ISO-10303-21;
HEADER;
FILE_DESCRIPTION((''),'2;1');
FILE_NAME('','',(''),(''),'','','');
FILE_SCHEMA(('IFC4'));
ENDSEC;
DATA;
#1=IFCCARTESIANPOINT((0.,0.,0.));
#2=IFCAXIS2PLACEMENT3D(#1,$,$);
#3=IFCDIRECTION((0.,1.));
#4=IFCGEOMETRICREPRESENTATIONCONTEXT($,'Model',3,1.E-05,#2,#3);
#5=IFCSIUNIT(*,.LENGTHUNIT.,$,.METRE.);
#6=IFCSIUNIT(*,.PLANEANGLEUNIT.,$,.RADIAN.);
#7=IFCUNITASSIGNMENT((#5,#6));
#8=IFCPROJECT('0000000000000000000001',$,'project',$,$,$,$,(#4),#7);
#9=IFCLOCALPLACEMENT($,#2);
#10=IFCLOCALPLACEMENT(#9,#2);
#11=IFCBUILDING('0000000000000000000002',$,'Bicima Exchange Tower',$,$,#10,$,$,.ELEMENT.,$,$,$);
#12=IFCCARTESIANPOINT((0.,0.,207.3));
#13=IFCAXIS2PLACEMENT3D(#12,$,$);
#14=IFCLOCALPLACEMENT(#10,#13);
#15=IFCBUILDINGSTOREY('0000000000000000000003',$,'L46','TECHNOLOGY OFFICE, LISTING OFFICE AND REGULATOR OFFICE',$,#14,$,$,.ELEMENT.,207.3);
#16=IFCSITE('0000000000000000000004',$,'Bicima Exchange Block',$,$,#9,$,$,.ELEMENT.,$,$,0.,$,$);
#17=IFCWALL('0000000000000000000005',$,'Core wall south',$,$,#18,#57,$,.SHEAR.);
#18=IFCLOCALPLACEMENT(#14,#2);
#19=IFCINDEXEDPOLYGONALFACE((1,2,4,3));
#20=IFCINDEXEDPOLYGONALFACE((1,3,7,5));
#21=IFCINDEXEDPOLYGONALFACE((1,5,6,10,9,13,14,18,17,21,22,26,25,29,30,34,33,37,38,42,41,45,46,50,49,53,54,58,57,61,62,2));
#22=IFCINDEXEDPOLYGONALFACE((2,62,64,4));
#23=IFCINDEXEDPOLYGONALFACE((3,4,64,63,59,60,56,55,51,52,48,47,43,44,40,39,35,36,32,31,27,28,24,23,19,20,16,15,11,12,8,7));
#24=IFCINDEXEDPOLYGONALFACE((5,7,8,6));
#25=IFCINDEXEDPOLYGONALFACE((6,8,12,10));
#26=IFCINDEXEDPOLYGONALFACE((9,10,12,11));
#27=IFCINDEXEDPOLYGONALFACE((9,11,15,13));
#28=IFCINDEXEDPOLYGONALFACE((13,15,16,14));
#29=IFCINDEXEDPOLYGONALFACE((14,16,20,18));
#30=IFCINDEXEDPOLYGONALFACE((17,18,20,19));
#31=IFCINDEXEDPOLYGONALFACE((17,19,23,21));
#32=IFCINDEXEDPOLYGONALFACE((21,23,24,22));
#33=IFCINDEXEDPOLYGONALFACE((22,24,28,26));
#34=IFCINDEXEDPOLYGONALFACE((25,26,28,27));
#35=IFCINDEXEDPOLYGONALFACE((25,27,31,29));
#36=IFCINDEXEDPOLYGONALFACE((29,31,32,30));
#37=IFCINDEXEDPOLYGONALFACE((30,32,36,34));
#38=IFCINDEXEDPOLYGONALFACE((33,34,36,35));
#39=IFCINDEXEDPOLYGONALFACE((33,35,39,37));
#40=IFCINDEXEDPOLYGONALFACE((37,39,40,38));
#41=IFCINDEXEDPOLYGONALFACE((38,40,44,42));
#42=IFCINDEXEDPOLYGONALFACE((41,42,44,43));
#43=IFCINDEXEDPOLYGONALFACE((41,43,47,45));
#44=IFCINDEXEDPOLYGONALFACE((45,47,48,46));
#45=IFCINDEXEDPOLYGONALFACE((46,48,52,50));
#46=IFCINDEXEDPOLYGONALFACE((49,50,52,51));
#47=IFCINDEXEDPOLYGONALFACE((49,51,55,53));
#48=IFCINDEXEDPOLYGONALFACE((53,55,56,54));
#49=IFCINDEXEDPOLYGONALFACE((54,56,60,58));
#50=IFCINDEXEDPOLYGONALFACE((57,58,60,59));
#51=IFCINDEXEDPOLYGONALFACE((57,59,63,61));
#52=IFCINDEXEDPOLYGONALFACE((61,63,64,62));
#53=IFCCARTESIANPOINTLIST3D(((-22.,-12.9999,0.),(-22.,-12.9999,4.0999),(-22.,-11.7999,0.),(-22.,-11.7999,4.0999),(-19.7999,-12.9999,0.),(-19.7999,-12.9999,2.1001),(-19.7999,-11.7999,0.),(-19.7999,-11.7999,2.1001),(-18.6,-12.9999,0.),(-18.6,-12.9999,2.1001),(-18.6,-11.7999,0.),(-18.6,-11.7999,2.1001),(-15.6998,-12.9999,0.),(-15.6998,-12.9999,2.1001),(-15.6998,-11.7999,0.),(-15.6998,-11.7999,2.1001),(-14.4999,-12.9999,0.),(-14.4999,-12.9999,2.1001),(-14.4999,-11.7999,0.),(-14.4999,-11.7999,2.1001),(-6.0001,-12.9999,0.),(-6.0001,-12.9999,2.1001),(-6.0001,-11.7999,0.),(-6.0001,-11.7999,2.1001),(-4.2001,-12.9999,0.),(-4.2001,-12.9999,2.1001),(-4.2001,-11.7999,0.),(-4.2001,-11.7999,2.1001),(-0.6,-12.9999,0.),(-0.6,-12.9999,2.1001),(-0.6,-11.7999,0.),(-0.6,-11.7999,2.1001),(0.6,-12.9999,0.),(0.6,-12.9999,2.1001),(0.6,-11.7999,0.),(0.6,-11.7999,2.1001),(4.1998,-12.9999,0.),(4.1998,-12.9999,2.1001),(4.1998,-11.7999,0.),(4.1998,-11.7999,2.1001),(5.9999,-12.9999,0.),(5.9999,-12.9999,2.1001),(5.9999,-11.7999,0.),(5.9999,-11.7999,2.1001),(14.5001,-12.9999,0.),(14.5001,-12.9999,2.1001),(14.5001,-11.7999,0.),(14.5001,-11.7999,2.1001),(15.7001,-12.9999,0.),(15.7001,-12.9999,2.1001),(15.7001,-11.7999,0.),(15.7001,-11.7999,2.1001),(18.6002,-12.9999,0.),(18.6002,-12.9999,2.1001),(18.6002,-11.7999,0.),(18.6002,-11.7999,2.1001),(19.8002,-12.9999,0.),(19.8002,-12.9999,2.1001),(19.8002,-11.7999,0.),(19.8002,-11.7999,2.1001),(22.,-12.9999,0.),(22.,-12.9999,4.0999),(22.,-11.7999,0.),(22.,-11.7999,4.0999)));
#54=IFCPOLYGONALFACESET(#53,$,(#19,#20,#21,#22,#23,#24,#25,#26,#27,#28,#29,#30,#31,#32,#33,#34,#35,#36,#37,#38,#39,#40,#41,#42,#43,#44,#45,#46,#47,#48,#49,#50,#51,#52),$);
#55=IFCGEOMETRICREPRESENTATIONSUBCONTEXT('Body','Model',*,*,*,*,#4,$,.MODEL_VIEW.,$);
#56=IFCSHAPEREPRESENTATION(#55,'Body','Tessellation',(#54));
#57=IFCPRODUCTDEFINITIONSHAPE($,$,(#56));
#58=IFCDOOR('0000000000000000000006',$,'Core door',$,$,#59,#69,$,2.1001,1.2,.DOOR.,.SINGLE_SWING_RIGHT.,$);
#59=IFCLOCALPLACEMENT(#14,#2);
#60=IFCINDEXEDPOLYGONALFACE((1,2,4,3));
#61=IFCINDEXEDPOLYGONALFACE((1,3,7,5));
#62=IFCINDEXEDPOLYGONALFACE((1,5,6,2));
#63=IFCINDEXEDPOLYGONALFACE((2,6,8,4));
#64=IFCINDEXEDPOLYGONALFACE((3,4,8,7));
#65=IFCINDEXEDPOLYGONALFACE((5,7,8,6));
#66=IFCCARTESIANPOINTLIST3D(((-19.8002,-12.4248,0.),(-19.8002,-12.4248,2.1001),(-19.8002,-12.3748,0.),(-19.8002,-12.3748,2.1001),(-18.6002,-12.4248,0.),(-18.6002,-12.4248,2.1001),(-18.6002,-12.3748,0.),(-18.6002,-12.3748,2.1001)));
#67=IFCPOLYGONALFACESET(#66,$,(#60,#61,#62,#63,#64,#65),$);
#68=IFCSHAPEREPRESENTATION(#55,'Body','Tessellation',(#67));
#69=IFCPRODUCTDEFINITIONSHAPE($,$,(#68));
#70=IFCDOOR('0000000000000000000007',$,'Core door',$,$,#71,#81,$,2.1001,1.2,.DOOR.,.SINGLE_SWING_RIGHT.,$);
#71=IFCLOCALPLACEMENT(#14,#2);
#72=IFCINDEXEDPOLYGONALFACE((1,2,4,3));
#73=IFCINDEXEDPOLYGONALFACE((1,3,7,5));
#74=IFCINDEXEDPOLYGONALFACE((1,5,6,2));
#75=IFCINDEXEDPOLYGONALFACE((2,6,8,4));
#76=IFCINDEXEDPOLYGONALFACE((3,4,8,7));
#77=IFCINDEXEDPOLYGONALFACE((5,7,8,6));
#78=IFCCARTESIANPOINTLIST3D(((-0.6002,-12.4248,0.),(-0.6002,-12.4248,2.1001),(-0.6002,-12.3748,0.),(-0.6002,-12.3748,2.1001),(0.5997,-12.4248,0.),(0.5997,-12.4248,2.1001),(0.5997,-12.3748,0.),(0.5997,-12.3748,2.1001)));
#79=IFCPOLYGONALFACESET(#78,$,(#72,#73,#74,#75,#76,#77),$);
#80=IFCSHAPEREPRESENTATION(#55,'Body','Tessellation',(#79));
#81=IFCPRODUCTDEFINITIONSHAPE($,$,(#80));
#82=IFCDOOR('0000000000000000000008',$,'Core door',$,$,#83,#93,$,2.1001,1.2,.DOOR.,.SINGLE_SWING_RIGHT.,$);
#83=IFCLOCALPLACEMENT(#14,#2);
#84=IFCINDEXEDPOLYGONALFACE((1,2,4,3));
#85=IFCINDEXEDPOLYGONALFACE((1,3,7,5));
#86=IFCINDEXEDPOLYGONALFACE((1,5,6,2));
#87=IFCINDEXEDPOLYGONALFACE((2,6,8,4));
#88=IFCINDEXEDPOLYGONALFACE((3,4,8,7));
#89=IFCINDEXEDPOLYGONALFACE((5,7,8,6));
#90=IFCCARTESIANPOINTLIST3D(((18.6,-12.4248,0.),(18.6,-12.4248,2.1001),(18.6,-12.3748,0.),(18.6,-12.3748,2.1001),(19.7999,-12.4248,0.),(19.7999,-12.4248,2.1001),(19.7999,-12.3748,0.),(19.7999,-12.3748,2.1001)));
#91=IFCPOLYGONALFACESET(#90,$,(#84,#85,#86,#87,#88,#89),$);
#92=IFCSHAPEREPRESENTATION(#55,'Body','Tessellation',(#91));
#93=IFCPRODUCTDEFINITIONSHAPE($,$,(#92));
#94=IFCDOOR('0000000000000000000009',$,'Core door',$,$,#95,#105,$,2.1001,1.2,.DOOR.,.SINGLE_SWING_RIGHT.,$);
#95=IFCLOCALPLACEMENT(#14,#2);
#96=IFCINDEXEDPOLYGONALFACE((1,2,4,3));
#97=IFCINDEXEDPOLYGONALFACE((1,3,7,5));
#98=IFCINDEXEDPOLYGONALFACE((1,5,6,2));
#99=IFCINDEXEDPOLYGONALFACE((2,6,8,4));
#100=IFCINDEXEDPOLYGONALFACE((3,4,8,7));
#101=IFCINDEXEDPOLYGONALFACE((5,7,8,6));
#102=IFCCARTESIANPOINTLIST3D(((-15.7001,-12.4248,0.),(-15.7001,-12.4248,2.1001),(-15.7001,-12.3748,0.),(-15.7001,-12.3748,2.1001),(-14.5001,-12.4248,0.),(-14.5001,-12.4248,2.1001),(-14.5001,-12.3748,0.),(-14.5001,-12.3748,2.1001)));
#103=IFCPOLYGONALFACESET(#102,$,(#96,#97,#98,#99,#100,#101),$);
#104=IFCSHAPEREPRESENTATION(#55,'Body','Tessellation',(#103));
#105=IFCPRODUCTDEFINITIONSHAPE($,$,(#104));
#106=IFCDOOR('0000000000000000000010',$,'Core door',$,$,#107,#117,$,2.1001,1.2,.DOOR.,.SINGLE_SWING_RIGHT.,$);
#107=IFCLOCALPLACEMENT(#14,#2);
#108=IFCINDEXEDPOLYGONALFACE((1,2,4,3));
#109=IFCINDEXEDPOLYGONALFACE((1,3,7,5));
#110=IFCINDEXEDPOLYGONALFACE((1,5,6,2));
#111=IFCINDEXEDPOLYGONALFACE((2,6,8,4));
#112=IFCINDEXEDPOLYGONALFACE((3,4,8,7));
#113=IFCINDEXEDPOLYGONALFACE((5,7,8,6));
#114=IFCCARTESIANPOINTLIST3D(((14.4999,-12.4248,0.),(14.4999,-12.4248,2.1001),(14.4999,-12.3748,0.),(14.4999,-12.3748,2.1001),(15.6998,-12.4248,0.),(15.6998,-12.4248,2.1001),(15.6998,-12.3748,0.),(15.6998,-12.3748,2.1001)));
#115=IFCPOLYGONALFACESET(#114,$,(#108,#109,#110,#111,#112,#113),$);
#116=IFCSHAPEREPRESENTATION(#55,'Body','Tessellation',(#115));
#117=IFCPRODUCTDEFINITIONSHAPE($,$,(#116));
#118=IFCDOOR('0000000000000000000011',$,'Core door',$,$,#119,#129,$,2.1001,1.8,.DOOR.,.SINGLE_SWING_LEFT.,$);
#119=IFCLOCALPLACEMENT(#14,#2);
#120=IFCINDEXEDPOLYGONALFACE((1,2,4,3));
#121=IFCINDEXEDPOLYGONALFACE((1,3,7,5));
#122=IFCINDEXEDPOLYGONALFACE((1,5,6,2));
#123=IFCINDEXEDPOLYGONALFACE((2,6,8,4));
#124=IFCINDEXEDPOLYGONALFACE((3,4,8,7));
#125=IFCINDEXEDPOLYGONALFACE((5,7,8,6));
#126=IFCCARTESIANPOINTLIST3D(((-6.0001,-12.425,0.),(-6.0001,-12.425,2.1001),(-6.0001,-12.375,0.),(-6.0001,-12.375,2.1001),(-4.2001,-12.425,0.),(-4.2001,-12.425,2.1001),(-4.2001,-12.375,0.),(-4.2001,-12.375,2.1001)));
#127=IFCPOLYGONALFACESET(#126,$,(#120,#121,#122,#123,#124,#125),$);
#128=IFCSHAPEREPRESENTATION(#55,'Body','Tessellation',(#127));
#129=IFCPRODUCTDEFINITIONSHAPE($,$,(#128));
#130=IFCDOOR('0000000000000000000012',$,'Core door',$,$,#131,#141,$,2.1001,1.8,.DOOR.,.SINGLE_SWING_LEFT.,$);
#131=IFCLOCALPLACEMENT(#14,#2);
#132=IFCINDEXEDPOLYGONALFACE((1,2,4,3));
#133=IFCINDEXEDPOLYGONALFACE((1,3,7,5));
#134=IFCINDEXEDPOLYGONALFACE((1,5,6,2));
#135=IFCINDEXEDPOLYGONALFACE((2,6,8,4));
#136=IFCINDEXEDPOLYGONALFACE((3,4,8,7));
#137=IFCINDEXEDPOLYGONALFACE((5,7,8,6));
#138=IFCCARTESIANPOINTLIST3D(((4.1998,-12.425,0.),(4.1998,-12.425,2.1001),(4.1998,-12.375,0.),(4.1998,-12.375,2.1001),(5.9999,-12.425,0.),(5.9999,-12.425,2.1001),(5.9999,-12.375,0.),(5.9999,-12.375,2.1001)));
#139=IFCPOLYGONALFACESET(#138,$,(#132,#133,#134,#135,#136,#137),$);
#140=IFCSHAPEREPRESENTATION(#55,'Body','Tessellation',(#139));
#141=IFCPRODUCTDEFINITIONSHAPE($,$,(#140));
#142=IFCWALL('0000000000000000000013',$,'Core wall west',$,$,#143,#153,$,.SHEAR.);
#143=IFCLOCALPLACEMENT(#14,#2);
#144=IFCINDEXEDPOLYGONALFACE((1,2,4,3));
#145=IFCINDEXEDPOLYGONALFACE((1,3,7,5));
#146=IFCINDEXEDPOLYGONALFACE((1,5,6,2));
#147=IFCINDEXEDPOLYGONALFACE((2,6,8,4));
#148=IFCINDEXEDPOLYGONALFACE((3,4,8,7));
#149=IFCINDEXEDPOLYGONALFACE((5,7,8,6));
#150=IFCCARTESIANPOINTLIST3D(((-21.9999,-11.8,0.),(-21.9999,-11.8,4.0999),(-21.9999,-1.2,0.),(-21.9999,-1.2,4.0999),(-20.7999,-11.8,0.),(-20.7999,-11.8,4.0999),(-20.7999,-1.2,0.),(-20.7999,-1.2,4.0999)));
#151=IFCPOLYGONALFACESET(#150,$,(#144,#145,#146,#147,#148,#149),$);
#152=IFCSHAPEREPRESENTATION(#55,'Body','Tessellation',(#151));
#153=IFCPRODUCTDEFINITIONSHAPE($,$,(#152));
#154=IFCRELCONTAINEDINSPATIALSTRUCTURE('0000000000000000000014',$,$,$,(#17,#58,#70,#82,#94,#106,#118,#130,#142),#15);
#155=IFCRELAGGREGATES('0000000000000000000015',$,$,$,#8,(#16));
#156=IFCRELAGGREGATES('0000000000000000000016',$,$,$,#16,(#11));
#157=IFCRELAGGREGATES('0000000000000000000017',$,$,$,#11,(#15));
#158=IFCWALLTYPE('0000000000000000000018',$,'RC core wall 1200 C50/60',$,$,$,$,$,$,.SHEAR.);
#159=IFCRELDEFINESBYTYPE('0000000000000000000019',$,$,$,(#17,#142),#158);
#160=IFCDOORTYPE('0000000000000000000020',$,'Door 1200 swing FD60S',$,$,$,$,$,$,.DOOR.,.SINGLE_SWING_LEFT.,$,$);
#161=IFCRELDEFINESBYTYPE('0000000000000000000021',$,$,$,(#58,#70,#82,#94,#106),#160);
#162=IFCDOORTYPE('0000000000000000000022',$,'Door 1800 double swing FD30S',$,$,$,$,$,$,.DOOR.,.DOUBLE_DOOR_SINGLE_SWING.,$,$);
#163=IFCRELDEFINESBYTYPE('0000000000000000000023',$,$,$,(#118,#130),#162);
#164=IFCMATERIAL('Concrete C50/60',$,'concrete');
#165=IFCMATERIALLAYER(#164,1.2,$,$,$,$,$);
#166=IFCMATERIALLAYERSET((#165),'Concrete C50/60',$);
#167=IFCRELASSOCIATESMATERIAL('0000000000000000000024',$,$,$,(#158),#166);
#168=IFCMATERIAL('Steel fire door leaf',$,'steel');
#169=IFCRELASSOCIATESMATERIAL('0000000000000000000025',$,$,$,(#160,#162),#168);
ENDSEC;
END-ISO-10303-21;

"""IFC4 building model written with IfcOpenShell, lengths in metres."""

from ifc_helpers import new_model, si_unit, direction, frame, frame_2d, origin, place, context, subcontext, project, spatial, rectangle, extrude, material, layer, layer_set, type_object, element, fill, save


model = new_model("IFC4")

# Units and contexts
model_context = context("Model", 3, precision=1e-05, world=origin(), true_north=direction((0.0, 1.0)))
body_context = subcontext(model_context, "Body", "Model", "MODEL_VIEW")
ifc_project = project(units=[si_unit("LENGTHUNIT", "METRE"), si_unit("PLANEANGLEUNIT", "RADIAN")], contexts=[model_context])

# Site, building, storey
site_placement = place(None, origin())
site = spatial("IfcSite", under=ifc_project, at=site_placement, Name="Bicima Exchange Block", CompositionType="ELEMENT", RefElevation=0.0)
building_placement = place(site_placement, origin())
building = spatial("IfcBuilding", under=site, at=building_placement, Name="Bicima Exchange Tower", CompositionType="ELEMENT")
storey_placement = place(building_placement, frame((0.0, 0.0, 207.3)))
storey = spatial("IfcBuildingStorey", under=building, at=storey_placement, Name="L46", Description="TECHNOLOGY OFFICE, LISTING OFFICE AND REGULATOR OFFICE", CompositionType="ELEMENT", Elevation=207.3)

# Wall, openings, doors
ifc_material_1 = material(Name="Concrete C50/60", Category="concrete")
ifc_layer_1 = layer(ifc_material_1, 1.2)
ifc_layer_set_1 = layer_set([ifc_layer_1], Name="Concrete C50/60")
wall_type_1 = type_object("IfcWallType", Name="RC core wall 1200 C50/60", PredefinedType="SHEAR", material=ifc_layer_set_1)
wall_1_placement = place(storey_placement, frame((-22.0, -12.3999, 0.0), z_axis=(0.0, 0.0, 1.0), x_axis=(1.0, 0.0, 0.0)))
wall_1 = element("IfcWall", 1, at=wall_1_placement, inside=storey, type_object=wall_type_1, Name="Core wall south", PredefinedType="SHEAR", context=body_context, shape_type="SweptSolid", body=[
    extrude(rectangle(XDim=44.0, YDim=1.2, at=frame_2d((22.0, 0.0))), origin(), (0.0, 0.0, 1.0), 4.0999),
])
opening_1_placement = place(wall_1_placement, frame((2.2, 0.0, 0.0)))
opening_1 = element("IfcOpeningElement", 2, at=opening_1_placement, cuts=wall_1, PredefinedType="OPENING", context=body_context, shape_type="SweptSolid", body=[
    extrude(rectangle(XDim=1.2, YDim=2.1001, at=frame_2d((0.6001, 1.05))), frame((0.0, 0.6118, 0.0), z_axis=(0.0, -1.0, 0.0), x_axis=(1.0, 0.0, 0.0)), (0.0, 0.0, 1.0), 1.2239),
])
opening_2_placement = place(wall_1_placement, frame((21.3999, 0.0, 0.0)))
opening_2 = element("IfcOpeningElement", 3, at=opening_2_placement, cuts=wall_1, PredefinedType="OPENING", context=body_context, shape_type="SweptSolid", body=[
    extrude(rectangle(XDim=1.2, YDim=2.1001, at=frame_2d((0.6001, 1.05))), frame((0.0, 0.6118, 0.0), z_axis=(0.0, -1.0, 0.0), x_axis=(1.0, 0.0, 0.0)), (0.0, 0.0, 1.0), 1.2239),
])
opening_3_placement = place(wall_1_placement, frame((40.6001, 0.0, 0.0)))
opening_3 = element("IfcOpeningElement", 4, at=opening_3_placement, cuts=wall_1, PredefinedType="OPENING", context=body_context, shape_type="SweptSolid", body=[
    extrude(rectangle(XDim=1.2, YDim=2.1001, at=frame_2d((0.6001, 1.05))), frame((0.0, 0.6118, 0.0), z_axis=(0.0, -1.0, 0.0), x_axis=(1.0, 0.0, 0.0)), (0.0, 0.0, 1.0), 1.2239),
])
opening_4_placement = place(wall_1_placement, frame((16.0, 0.0, 0.0)))
opening_4 = element("IfcOpeningElement", 5, at=opening_4_placement, cuts=wall_1, PredefinedType="OPENING", context=body_context, shape_type="SweptSolid", body=[
    extrude(rectangle(XDim=1.8, YDim=2.1001, at=frame_2d((0.8999, 1.05))), frame((0.0, 0.6118, 0.0), z_axis=(0.0, -1.0, 0.0), x_axis=(1.0, 0.0, 0.0)), (0.0, 0.0, 1.0), 1.2239),
])
opening_5_placement = place(wall_1_placement, frame((6.3, 0.0, 0.0)))
opening_5 = element("IfcOpeningElement", 6, at=opening_5_placement, cuts=wall_1, PredefinedType="OPENING", context=body_context, shape_type="SweptSolid", body=[
    extrude(rectangle(XDim=1.2, YDim=2.1001, at=frame_2d((0.6001, 1.05))), frame((0.0, 0.6118, 0.0), z_axis=(0.0, -1.0, 0.0), x_axis=(1.0, 0.0, 0.0)), (0.0, 0.0, 1.0), 1.2239),
])
opening_6_placement = place(wall_1_placement, frame((26.2, 0.0, 0.0)))
opening_6 = element("IfcOpeningElement", 7, at=opening_6_placement, cuts=wall_1, PredefinedType="OPENING", context=body_context, shape_type="SweptSolid", body=[
    extrude(rectangle(XDim=1.8, YDim=2.1001, at=frame_2d((0.8999, 1.05))), frame((0.0, 0.6118, 0.0), z_axis=(0.0, -1.0, 0.0), x_axis=(1.0, 0.0, 0.0)), (0.0, 0.0, 1.0), 1.2239),
])
opening_7_placement = place(wall_1_placement, frame((36.5, 0.0, 0.0)))
opening_7 = element("IfcOpeningElement", 8, at=opening_7_placement, cuts=wall_1, PredefinedType="OPENING", context=body_context, shape_type="SweptSolid", body=[
    extrude(rectangle(XDim=1.2, YDim=2.1001, at=frame_2d((0.6001, 1.05))), frame((0.0, 0.6118, 0.0), z_axis=(0.0, -1.0, 0.0), x_axis=(1.0, 0.0, 0.0)), (0.0, 0.0, 1.0), 1.2239),
])
ifc_material_2 = material(Name="Steel fire door leaf", Category="steel")
door_type_1 = type_object("IfcDoorType", Name="Door 1200 swing FD60S", OperationType="SINGLE_SWING_LEFT", PredefinedType="DOOR", material=ifc_material_2)
door_1_placement = place(opening_1_placement, frame((1.2, 0.0, 0.0), z_axis=(0.0, 0.0, 1.0), x_axis=(-1.0, 0.0, 0.0)))
door_1 = element("IfcDoor", 9, at=door_1_placement, inside=storey, type_object=door_type_1, Name="Core door", OperationType="SINGLE_SWING_RIGHT", OverallHeight=2.1001, OverallWidth=1.2, PredefinedType="DOOR", context=body_context, shape_type="SweptSolid", body=[
    extrude(rectangle(XDim=1.2, YDim=2.1001, at=frame_2d((0.6001, 1.05))), frame((0.0, 0.0249, 0.0), z_axis=(0.0, -1.0, 0.0), x_axis=(1.0, 0.0, 0.0)), (0.0, 0.0, 1.0), 0.05),
])
fill(opening_1, door_1)
door_2_placement = place(opening_2_placement, frame((1.2, 0.0, 0.0), z_axis=(0.0, 0.0, 1.0), x_axis=(-1.0, 0.0, 0.0)))
door_2 = element("IfcDoor", 10, at=door_2_placement, inside=storey, type_object=door_type_1, Name="Core door", OperationType="SINGLE_SWING_RIGHT", OverallHeight=2.1001, OverallWidth=1.2, PredefinedType="DOOR", context=body_context, shape_type="SweptSolid", body=[
    extrude(rectangle(XDim=1.2, YDim=2.1001, at=frame_2d((0.6001, 1.05))), frame((0.0, 0.0249, 0.0), z_axis=(0.0, -1.0, 0.0), x_axis=(1.0, 0.0, 0.0)), (0.0, 0.0, 1.0), 0.05),
])
fill(opening_2, door_2)
door_3_placement = place(opening_3_placement, frame((1.2, 0.0, 0.0), z_axis=(0.0, 0.0, 1.0), x_axis=(-1.0, 0.0, 0.0)))
door_3 = element("IfcDoor", 11, at=door_3_placement, inside=storey, type_object=door_type_1, Name="Core door", OperationType="SINGLE_SWING_RIGHT", OverallHeight=2.1001, OverallWidth=1.2, PredefinedType="DOOR", context=body_context, shape_type="SweptSolid", body=[
    extrude(rectangle(XDim=1.2, YDim=2.1001, at=frame_2d((0.6001, 1.05))), frame((0.0, 0.0249, 0.0), z_axis=(0.0, -1.0, 0.0), x_axis=(1.0, 0.0, 0.0)), (0.0, 0.0, 1.0), 0.05),
])
fill(opening_3, door_3)
door_4_placement = place(opening_5_placement, frame((1.2, 0.0, 0.0), z_axis=(0.0, 0.0, 1.0), x_axis=(-1.0, 0.0, 0.0)))
door_4 = element("IfcDoor", 12, at=door_4_placement, inside=storey, type_object=door_type_1, Name="Core door", OperationType="SINGLE_SWING_RIGHT", OverallHeight=2.1001, OverallWidth=1.2, PredefinedType="DOOR", context=body_context, shape_type="SweptSolid", body=[
    extrude(rectangle(XDim=1.2, YDim=2.1001, at=frame_2d((0.6001, 1.05))), frame((0.0, 0.0249, 0.0), z_axis=(0.0, -1.0, 0.0), x_axis=(1.0, 0.0, 0.0)), (0.0, 0.0, 1.0), 0.05),
])
fill(opening_5, door_4)
door_5_placement = place(opening_7_placement, frame((1.2, 0.0, 0.0), z_axis=(0.0, 0.0, 1.0), x_axis=(-1.0, 0.0, 0.0)))
door_5 = element("IfcDoor", 13, at=door_5_placement, inside=storey, type_object=door_type_1, Name="Core door", OperationType="SINGLE_SWING_RIGHT", OverallHeight=2.1001, OverallWidth=1.2, PredefinedType="DOOR", context=body_context, shape_type="SweptSolid", body=[
    extrude(rectangle(XDim=1.2, YDim=2.1001, at=frame_2d((0.6001, 1.05))), frame((0.0, 0.0249, 0.0), z_axis=(0.0, -1.0, 0.0), x_axis=(1.0, 0.0, 0.0)), (0.0, 0.0, 1.0), 0.05),
])
fill(opening_7, door_5)
door_type_2 = type_object("IfcDoorType", Name="Door 1800 double swing FD30S", OperationType="DOUBLE_DOOR_SINGLE_SWING", PredefinedType="DOOR", material=ifc_material_2)
door_6_placement = place(opening_4_placement, origin())
door_6 = element("IfcDoor", 14, at=door_6_placement, inside=storey, type_object=door_type_2, Name="Core door", OperationType="SINGLE_SWING_LEFT", OverallHeight=2.1001, OverallWidth=1.8, PredefinedType="DOOR", context=body_context, shape_type="SweptSolid", body=[
    extrude(rectangle(XDim=1.8, YDim=2.1001, at=frame_2d((0.8999, 1.05))), frame((0.0, 0.0249, 0.0), z_axis=(0.0, -1.0, 0.0), x_axis=(1.0, 0.0, 0.0)), (0.0, 0.0, 1.0), 0.05),
])
fill(opening_4, door_6)
door_7_placement = place(opening_6_placement, origin())
door_7 = element("IfcDoor", 15, at=door_7_placement, inside=storey, type_object=door_type_2, Name="Core door", OperationType="SINGLE_SWING_LEFT", OverallHeight=2.1001, OverallWidth=1.8, PredefinedType="DOOR", context=body_context, shape_type="SweptSolid", body=[
    extrude(rectangle(XDim=1.8, YDim=2.1001, at=frame_2d((0.8999, 1.05))), frame((0.0, 0.0249, 0.0), z_axis=(0.0, -1.0, 0.0), x_axis=(1.0, 0.0, 0.0)), (0.0, 0.0, 1.0), 0.05),
])
fill(opening_6, door_7)

# Wall
wall_2_placement = place(storey_placement, frame((-21.3999, -11.8, 0.0), z_axis=(0.0, 0.0, 1.0), x_axis=(0.0, 1.0, 0.0)))
element("IfcWall", 16, at=wall_2_placement, inside=storey, type_object=wall_type_1, Name="Core wall west", PredefinedType="SHEAR", context=body_context, shape_type="SweptSolid", body=[
    extrude(rectangle(XDim=10.6001, YDim=1.2, at=frame_2d((5.3, 0.0))), origin(), (0.0, 0.0, 1.0), 4.0999),
])

save(model, "model.ifc")
